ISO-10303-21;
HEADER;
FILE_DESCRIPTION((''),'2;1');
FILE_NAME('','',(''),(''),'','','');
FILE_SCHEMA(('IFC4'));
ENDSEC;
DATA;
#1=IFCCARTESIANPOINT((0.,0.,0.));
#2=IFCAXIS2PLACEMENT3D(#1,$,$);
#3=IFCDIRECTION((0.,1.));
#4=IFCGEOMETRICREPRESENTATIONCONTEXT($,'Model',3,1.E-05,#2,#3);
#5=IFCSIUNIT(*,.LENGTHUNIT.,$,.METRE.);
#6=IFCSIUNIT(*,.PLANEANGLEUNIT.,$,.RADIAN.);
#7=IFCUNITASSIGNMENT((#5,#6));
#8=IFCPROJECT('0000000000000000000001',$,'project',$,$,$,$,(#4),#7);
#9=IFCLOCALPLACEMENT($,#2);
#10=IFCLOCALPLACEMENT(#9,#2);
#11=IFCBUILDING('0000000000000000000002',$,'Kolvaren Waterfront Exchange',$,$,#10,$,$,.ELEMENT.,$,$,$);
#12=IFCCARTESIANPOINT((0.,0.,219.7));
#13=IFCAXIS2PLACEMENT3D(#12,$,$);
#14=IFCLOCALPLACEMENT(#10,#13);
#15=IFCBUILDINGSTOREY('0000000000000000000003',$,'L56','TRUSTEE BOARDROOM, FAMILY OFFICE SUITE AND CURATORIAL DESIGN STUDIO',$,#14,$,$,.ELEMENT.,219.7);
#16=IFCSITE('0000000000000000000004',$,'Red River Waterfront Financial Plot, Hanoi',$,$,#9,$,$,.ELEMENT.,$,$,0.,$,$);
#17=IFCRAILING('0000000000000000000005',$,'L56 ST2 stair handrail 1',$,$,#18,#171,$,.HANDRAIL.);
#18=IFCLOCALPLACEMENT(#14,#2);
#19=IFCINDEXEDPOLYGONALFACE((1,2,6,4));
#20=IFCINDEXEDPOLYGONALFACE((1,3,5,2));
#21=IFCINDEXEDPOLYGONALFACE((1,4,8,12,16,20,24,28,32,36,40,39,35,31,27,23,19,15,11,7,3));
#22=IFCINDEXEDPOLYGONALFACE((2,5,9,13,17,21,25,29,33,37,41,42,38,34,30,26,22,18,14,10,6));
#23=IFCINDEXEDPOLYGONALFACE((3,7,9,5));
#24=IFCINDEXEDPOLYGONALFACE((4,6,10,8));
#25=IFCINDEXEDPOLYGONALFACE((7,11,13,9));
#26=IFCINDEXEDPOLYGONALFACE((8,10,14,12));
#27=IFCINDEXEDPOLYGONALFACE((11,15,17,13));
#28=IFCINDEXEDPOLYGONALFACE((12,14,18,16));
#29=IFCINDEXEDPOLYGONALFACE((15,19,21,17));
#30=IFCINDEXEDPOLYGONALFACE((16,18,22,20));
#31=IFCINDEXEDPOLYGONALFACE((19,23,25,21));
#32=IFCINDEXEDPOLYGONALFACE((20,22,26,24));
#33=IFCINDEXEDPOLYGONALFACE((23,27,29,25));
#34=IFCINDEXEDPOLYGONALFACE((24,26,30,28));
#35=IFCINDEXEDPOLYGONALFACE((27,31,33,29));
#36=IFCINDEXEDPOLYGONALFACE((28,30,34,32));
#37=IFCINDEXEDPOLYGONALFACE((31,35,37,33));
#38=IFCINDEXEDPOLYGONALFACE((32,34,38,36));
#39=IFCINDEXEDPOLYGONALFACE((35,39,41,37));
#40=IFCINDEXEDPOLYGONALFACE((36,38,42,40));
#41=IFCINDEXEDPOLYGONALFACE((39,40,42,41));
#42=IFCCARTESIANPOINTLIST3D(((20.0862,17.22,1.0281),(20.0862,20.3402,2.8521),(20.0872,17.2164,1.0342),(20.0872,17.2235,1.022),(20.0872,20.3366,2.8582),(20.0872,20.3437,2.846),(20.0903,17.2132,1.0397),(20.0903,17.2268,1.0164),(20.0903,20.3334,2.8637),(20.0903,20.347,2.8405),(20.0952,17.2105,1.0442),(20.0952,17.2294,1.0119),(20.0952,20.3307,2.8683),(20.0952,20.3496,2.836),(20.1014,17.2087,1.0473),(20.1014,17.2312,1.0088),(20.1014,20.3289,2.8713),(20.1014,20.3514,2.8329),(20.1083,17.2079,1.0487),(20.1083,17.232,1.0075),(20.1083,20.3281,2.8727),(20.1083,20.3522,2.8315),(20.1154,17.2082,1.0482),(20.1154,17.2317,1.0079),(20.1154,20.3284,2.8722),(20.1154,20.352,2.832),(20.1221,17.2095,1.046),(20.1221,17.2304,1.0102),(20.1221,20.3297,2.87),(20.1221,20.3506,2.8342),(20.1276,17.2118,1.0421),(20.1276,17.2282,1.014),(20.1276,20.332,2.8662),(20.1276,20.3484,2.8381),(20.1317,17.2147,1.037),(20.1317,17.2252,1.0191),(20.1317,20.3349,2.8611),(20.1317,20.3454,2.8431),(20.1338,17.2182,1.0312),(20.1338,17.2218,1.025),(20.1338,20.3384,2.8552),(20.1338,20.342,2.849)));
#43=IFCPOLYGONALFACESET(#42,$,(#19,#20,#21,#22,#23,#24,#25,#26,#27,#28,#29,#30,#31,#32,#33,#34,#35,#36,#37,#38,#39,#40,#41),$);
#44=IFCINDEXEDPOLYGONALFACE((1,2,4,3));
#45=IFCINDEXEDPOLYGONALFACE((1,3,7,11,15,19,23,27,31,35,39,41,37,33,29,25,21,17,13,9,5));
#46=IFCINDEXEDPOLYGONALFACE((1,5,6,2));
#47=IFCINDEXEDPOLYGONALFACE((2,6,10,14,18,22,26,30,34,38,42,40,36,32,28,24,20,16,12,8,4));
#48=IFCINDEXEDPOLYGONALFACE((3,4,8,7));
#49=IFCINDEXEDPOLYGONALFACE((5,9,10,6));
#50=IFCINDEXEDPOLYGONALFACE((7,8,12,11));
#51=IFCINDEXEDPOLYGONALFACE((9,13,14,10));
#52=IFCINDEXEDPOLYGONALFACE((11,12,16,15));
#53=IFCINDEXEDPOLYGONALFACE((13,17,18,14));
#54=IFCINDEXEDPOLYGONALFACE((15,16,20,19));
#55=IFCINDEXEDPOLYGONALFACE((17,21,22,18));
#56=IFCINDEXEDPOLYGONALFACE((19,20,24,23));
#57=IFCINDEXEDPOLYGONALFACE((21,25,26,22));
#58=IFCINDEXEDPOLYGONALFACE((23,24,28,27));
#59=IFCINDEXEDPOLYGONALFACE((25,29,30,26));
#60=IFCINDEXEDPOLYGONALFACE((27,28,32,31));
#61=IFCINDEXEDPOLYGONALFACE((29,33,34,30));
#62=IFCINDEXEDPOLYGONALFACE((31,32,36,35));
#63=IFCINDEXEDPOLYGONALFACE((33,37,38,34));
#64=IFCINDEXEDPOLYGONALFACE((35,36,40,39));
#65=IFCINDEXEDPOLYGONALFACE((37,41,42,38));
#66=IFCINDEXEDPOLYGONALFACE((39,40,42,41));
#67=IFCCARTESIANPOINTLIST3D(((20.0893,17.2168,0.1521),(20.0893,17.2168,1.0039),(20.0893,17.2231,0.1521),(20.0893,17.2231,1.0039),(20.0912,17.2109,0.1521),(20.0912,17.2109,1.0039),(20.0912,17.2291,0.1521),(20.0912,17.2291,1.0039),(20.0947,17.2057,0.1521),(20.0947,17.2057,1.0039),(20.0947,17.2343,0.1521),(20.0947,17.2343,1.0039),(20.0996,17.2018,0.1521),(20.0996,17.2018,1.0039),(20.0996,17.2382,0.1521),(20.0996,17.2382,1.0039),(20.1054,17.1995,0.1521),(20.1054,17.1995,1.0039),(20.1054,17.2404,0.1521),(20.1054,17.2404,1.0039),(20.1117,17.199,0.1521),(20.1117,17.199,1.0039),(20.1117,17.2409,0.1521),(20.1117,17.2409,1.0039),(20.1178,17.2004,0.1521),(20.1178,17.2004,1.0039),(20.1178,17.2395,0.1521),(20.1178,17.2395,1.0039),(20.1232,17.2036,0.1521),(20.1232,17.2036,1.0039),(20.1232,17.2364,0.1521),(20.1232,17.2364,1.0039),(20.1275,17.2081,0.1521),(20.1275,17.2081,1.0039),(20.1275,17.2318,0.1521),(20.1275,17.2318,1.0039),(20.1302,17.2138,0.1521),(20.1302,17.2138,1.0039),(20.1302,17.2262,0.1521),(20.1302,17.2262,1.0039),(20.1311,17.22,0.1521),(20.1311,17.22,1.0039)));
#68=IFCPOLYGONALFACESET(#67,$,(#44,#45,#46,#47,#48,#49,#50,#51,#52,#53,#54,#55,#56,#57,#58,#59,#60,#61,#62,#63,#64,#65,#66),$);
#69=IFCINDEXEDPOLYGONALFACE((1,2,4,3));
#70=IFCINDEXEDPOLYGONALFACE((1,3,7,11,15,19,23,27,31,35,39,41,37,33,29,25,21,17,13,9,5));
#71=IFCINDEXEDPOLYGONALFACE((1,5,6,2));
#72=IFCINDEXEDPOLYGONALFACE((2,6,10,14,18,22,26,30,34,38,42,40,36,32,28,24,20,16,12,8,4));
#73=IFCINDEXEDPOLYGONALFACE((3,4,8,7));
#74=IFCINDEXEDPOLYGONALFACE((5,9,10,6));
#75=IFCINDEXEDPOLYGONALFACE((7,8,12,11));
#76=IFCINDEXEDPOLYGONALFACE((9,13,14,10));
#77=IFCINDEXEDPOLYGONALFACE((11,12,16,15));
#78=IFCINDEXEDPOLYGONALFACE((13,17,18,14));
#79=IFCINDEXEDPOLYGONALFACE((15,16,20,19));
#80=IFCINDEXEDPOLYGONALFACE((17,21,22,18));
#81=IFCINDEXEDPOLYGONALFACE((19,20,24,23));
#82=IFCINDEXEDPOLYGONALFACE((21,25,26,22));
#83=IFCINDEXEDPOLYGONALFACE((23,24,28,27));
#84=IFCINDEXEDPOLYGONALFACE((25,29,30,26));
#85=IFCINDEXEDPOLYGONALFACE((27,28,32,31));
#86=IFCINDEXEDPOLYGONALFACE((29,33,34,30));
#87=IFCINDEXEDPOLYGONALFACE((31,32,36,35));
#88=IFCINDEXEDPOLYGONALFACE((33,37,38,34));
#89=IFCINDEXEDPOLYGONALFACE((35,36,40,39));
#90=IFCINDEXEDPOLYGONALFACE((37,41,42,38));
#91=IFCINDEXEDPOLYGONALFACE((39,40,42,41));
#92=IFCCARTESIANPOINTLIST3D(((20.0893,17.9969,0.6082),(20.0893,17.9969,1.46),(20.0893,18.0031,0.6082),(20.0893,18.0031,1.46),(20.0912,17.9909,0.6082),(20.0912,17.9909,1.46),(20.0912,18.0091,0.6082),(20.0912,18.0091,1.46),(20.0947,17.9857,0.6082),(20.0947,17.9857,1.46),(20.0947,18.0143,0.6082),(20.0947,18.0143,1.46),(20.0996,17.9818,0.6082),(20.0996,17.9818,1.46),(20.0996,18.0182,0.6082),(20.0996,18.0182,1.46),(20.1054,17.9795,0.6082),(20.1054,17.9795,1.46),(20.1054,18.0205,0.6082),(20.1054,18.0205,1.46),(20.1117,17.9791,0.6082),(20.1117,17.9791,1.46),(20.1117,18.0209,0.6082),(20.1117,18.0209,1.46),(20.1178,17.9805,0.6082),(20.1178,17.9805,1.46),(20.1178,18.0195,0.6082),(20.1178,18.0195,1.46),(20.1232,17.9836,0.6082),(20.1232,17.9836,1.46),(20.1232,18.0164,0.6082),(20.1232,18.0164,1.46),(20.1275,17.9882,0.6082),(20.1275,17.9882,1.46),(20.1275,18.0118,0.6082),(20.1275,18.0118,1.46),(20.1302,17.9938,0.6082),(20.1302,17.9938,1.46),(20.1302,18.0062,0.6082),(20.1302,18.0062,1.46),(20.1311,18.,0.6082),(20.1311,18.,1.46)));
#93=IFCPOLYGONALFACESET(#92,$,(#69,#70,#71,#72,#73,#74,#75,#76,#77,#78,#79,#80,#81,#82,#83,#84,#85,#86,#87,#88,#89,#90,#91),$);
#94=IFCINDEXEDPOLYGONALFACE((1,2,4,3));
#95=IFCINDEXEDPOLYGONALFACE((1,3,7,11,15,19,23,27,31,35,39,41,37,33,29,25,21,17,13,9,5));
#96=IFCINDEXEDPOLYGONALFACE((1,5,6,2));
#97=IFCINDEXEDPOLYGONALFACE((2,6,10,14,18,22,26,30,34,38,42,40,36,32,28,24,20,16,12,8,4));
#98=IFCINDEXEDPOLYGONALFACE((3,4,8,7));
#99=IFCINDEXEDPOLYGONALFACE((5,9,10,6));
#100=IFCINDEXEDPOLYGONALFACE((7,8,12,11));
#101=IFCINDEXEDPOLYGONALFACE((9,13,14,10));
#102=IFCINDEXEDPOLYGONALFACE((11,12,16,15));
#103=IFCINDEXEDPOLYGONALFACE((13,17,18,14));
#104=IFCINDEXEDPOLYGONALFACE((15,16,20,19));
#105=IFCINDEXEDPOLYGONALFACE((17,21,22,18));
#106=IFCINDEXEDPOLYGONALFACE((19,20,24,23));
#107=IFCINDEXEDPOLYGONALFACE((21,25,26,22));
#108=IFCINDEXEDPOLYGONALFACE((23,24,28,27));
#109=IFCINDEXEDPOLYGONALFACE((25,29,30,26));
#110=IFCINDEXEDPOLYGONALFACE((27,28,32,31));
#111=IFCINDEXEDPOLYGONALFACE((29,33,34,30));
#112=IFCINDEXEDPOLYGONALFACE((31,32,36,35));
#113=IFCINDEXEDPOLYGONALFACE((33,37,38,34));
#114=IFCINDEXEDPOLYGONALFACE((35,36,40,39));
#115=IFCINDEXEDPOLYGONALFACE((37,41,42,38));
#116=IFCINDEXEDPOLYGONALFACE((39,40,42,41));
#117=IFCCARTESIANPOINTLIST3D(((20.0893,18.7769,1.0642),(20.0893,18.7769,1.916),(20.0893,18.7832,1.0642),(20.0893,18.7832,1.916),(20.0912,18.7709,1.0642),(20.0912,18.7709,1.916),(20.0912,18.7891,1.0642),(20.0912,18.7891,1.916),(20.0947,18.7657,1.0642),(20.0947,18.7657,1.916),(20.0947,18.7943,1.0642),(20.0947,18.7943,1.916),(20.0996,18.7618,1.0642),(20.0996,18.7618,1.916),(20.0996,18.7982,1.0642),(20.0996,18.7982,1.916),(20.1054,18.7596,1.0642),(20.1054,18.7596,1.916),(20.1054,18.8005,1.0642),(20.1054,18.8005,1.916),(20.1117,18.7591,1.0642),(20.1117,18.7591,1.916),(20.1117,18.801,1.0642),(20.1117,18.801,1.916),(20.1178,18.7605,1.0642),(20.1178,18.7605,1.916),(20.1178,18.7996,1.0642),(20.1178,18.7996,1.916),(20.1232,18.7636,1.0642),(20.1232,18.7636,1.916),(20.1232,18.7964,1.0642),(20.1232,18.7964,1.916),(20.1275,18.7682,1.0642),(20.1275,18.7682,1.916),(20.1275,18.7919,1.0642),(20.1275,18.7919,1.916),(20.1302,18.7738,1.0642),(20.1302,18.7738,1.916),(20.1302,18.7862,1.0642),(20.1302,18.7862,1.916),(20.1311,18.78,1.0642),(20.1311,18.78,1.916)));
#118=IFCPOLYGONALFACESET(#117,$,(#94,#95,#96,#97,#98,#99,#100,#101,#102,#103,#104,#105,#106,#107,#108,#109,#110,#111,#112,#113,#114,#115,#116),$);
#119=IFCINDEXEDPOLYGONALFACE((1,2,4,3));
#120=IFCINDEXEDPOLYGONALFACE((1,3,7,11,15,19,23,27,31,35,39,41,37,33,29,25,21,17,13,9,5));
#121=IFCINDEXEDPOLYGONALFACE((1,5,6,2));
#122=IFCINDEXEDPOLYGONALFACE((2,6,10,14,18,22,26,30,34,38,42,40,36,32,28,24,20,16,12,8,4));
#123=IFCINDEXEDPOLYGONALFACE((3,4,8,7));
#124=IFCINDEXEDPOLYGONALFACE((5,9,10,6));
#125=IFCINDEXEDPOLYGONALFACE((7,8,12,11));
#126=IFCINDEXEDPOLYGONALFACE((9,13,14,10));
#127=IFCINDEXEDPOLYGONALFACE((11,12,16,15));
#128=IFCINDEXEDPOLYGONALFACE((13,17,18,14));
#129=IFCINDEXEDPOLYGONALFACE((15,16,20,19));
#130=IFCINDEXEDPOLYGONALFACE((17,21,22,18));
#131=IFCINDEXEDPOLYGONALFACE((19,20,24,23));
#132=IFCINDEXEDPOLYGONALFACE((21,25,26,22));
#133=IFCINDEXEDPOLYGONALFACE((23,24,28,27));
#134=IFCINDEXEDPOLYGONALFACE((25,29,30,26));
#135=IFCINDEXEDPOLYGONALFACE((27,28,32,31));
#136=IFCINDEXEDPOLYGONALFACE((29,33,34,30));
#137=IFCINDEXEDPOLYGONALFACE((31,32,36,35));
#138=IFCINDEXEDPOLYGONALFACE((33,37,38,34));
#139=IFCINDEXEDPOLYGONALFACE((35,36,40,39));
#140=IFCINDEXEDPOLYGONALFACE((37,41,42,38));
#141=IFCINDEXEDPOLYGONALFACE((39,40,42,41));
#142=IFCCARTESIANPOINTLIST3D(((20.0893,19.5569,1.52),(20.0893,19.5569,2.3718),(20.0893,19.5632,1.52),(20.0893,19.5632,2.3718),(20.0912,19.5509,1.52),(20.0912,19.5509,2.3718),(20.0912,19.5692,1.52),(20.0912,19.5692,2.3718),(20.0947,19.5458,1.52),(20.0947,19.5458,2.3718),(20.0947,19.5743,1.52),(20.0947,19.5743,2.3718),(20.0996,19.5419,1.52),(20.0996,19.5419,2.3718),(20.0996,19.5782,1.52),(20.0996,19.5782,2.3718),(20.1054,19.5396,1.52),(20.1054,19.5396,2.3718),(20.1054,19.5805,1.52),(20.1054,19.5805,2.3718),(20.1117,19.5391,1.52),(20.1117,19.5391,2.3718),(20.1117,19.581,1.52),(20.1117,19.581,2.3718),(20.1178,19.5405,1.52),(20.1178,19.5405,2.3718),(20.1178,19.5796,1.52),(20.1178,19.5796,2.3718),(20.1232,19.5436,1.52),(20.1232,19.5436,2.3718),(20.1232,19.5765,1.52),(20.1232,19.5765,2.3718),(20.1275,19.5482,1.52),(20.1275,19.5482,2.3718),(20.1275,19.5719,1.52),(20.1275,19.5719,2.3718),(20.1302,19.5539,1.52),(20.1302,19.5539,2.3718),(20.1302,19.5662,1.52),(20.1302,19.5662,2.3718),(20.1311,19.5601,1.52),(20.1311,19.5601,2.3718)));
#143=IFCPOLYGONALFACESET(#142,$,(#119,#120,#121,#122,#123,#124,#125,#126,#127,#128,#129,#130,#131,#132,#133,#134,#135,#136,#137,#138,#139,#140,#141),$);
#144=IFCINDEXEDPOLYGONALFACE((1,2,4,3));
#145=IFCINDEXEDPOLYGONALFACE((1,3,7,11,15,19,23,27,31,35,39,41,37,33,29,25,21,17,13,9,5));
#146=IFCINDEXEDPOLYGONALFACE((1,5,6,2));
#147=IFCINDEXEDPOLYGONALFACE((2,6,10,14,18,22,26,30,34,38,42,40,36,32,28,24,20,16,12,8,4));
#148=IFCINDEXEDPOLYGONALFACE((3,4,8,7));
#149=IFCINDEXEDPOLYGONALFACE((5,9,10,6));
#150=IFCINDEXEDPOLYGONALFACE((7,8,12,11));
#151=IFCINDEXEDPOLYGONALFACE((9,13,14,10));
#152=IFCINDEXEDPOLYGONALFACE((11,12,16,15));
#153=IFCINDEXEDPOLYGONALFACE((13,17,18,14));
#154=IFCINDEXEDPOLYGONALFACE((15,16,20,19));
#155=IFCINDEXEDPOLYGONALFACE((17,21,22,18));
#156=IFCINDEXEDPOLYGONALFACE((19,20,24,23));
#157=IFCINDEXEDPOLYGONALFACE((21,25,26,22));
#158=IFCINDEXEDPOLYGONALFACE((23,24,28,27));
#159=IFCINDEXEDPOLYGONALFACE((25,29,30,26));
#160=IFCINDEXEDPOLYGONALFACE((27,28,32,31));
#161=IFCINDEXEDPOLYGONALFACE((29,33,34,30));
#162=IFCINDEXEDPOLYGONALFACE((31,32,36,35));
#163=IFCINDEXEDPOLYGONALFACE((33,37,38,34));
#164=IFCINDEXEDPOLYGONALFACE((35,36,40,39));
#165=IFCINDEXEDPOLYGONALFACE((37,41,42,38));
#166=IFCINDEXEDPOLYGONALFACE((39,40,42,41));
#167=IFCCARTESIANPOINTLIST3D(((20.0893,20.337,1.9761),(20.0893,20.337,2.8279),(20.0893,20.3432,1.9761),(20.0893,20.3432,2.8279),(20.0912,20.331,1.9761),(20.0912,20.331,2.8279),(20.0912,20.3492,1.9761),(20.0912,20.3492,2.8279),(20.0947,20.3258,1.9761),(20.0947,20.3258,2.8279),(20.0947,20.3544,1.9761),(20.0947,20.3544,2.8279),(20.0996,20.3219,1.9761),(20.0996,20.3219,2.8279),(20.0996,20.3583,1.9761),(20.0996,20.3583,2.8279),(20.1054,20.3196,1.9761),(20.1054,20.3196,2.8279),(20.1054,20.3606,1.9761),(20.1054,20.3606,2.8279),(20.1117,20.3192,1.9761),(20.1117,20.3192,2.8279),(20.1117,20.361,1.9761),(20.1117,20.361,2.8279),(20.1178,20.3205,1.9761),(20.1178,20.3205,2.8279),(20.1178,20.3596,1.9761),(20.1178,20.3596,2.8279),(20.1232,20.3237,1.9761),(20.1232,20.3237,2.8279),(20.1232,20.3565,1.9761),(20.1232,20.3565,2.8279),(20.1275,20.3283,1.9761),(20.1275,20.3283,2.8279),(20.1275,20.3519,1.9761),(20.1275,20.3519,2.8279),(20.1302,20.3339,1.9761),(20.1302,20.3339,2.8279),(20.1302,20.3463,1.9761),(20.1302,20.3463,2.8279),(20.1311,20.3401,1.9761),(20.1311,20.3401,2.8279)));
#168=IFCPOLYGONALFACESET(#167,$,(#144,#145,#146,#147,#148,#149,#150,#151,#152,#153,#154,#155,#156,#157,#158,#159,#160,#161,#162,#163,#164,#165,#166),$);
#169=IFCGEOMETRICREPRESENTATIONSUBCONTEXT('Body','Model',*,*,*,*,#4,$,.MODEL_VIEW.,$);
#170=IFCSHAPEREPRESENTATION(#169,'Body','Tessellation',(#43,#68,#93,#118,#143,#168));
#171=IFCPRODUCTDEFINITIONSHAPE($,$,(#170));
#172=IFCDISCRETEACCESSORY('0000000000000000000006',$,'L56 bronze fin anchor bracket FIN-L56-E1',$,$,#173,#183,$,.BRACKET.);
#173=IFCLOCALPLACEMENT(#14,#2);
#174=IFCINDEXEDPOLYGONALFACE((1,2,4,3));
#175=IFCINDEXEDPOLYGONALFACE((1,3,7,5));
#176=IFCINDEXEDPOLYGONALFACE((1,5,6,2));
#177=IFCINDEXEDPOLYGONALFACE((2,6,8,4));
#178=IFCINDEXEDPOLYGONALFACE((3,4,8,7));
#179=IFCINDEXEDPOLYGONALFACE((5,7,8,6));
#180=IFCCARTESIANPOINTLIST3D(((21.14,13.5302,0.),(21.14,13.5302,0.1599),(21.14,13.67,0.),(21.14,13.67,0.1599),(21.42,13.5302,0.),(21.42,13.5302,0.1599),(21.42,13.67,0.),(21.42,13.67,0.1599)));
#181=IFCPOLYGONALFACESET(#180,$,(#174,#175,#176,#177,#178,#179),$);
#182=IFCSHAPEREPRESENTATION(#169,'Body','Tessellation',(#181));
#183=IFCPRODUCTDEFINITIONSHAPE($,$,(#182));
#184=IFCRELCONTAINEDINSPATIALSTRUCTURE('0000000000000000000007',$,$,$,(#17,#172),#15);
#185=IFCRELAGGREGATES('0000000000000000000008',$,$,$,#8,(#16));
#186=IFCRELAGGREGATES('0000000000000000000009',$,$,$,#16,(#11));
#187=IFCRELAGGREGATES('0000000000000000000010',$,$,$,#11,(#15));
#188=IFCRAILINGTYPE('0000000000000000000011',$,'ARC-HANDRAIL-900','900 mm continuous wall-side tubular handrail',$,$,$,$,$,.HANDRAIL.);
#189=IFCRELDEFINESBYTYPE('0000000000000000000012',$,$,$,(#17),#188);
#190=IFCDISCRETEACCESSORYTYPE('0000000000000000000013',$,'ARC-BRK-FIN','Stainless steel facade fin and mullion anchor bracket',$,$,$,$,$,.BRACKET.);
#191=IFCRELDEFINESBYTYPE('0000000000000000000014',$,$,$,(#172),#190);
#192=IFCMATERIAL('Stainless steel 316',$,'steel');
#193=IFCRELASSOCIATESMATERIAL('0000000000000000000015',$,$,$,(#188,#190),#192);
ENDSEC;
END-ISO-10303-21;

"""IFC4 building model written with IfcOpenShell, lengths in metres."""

from ifc_helpers import new_model, si_unit, direction, frame, origin, origin_with_axes, origin_2d, place, context, subcontext, project, spatial, rectangle, circle, extrude, source, transform, mapped, material, type_object, element, save


model = new_model("IFC4")

# Units and contexts
model_context = context("Model", 3, precision=1e-05, world=origin(), true_north=direction((0.0, 1.0)))
body_context = subcontext(model_context, "Body", "Model", "MODEL_VIEW")
ifc_project = project(units=[si_unit("LENGTHUNIT", "METRE"), si_unit("PLANEANGLEUNIT", "RADIAN")], contexts=[model_context])

# Site, building, storey
site_placement = place(None, origin())
site = spatial("IfcSite", under=ifc_project, at=site_placement, Name="Red River Waterfront Financial Plot, Hanoi", CompositionType="ELEMENT", RefElevation=0.0)
building_placement = place(site_placement, origin())
building = spatial("IfcBuilding", under=site, at=building_placement, Name="Kolvaren Waterfront Exchange", CompositionType="ELEMENT")
storey_placement = place(building_placement, frame((0.0, 0.0, 219.7)))
storey = spatial("IfcBuildingStorey", under=building, at=storey_placement, Name="L56", Description="TRUSTEE BOARDROOM, FAMILY OFFICE SUITE AND CURATORIAL DESIGN STUDIO", CompositionType="ELEMENT", Elevation=219.7)

# Railing
ifc_material_1 = material(Name="Stainless steel 316", Category="steel")
railing_type_1 = type_object("IfcRailingType", Name="ARC-HANDRAIL-900", Description="900 mm continuous wall-side tubular handrail", PredefinedType="HANDRAIL", material=ifc_material_1)
railing_1_placement = place(storey_placement, frame((20.1101, 17.22, 0.1521)))
element("IfcRailing", 1, at=railing_1_placement, inside=storey, type_object=railing_type_1, Name="L56 ST2 stair handrail 1", PredefinedType="HANDRAIL", context=body_context, shape_type="SweptSolid", body=[
    extrude(circle(Radius=0.0239, at=origin_2d()), frame((0.0, 0.0, 0.876), z_axis=(0.0, 0.863308, 0.504677), x_axis=(-1.0, 0.0, 0.0)), (0.0, 0.0, 1.0), 3.6143),
    extrude(circle(Radius=0.021, at=origin_2d()), origin(), (0.0, 0.0, 1.0), 0.8518),
    extrude(circle(Radius=0.021, at=origin_2d()), frame((0.0, 0.78, 0.4561)), (0.0, 0.0, 1.0), 0.8518),
    extrude(circle(Radius=0.021, at=origin_2d()), frame((0.0, 1.5601, 0.9121)), (0.0, 0.0, 1.0), 0.8518),
    extrude(circle(Radius=0.021, at=origin_2d()), frame((0.0, 2.3401, 1.3679)), (0.0, 0.0, 1.0), 0.8518),
    extrude(circle(Radius=0.021, at=origin_2d()), frame((0.0, 3.1201, 1.824)), (0.0, 0.0, 1.0), 0.8518),
])

# Discrete accessory
discrete_accessory_type = type_object("IfcDiscreteAccessoryType", Name="ARC-BRK-FIN", Description="Stainless steel facade fin and mullion anchor bracket", PredefinedType="BRACKET", material=ifc_material_1)
shared_shape = source(origin_with_axes(), body_context, "Body", "SweptSolid", [
    extrude(rectangle(XDim=0.28, YDim=0.1399, at=origin_2d()), origin(), (0.0, 0.0, 1.0), 0.1599),
])
discrete_accessory_placement = place(storey_placement, frame((21.28, 13.6001, 0.0), z_axis=(0.0, 0.0, 1.0), x_axis=(1.0, 0.0, 0.0)))
element("IfcDiscreteAccessory", 2, at=discrete_accessory_placement, inside=storey, type_object=discrete_accessory_type, Name="L56 bronze fin anchor bracket FIN-L56-E1", PredefinedType="BRACKET", context=body_context, shape_type="MappedRepresentation", body=[
    mapped(shared_shape, transform((0.0, 0.0, 0.0), x_axis=(1.0, 0.0, 0.0), y_axis=(0.0, 1.0, 0.0), z_axis=(0.0, 0.0, 1.0), scale=1.0)),
])

save(model, "model.ifc")
